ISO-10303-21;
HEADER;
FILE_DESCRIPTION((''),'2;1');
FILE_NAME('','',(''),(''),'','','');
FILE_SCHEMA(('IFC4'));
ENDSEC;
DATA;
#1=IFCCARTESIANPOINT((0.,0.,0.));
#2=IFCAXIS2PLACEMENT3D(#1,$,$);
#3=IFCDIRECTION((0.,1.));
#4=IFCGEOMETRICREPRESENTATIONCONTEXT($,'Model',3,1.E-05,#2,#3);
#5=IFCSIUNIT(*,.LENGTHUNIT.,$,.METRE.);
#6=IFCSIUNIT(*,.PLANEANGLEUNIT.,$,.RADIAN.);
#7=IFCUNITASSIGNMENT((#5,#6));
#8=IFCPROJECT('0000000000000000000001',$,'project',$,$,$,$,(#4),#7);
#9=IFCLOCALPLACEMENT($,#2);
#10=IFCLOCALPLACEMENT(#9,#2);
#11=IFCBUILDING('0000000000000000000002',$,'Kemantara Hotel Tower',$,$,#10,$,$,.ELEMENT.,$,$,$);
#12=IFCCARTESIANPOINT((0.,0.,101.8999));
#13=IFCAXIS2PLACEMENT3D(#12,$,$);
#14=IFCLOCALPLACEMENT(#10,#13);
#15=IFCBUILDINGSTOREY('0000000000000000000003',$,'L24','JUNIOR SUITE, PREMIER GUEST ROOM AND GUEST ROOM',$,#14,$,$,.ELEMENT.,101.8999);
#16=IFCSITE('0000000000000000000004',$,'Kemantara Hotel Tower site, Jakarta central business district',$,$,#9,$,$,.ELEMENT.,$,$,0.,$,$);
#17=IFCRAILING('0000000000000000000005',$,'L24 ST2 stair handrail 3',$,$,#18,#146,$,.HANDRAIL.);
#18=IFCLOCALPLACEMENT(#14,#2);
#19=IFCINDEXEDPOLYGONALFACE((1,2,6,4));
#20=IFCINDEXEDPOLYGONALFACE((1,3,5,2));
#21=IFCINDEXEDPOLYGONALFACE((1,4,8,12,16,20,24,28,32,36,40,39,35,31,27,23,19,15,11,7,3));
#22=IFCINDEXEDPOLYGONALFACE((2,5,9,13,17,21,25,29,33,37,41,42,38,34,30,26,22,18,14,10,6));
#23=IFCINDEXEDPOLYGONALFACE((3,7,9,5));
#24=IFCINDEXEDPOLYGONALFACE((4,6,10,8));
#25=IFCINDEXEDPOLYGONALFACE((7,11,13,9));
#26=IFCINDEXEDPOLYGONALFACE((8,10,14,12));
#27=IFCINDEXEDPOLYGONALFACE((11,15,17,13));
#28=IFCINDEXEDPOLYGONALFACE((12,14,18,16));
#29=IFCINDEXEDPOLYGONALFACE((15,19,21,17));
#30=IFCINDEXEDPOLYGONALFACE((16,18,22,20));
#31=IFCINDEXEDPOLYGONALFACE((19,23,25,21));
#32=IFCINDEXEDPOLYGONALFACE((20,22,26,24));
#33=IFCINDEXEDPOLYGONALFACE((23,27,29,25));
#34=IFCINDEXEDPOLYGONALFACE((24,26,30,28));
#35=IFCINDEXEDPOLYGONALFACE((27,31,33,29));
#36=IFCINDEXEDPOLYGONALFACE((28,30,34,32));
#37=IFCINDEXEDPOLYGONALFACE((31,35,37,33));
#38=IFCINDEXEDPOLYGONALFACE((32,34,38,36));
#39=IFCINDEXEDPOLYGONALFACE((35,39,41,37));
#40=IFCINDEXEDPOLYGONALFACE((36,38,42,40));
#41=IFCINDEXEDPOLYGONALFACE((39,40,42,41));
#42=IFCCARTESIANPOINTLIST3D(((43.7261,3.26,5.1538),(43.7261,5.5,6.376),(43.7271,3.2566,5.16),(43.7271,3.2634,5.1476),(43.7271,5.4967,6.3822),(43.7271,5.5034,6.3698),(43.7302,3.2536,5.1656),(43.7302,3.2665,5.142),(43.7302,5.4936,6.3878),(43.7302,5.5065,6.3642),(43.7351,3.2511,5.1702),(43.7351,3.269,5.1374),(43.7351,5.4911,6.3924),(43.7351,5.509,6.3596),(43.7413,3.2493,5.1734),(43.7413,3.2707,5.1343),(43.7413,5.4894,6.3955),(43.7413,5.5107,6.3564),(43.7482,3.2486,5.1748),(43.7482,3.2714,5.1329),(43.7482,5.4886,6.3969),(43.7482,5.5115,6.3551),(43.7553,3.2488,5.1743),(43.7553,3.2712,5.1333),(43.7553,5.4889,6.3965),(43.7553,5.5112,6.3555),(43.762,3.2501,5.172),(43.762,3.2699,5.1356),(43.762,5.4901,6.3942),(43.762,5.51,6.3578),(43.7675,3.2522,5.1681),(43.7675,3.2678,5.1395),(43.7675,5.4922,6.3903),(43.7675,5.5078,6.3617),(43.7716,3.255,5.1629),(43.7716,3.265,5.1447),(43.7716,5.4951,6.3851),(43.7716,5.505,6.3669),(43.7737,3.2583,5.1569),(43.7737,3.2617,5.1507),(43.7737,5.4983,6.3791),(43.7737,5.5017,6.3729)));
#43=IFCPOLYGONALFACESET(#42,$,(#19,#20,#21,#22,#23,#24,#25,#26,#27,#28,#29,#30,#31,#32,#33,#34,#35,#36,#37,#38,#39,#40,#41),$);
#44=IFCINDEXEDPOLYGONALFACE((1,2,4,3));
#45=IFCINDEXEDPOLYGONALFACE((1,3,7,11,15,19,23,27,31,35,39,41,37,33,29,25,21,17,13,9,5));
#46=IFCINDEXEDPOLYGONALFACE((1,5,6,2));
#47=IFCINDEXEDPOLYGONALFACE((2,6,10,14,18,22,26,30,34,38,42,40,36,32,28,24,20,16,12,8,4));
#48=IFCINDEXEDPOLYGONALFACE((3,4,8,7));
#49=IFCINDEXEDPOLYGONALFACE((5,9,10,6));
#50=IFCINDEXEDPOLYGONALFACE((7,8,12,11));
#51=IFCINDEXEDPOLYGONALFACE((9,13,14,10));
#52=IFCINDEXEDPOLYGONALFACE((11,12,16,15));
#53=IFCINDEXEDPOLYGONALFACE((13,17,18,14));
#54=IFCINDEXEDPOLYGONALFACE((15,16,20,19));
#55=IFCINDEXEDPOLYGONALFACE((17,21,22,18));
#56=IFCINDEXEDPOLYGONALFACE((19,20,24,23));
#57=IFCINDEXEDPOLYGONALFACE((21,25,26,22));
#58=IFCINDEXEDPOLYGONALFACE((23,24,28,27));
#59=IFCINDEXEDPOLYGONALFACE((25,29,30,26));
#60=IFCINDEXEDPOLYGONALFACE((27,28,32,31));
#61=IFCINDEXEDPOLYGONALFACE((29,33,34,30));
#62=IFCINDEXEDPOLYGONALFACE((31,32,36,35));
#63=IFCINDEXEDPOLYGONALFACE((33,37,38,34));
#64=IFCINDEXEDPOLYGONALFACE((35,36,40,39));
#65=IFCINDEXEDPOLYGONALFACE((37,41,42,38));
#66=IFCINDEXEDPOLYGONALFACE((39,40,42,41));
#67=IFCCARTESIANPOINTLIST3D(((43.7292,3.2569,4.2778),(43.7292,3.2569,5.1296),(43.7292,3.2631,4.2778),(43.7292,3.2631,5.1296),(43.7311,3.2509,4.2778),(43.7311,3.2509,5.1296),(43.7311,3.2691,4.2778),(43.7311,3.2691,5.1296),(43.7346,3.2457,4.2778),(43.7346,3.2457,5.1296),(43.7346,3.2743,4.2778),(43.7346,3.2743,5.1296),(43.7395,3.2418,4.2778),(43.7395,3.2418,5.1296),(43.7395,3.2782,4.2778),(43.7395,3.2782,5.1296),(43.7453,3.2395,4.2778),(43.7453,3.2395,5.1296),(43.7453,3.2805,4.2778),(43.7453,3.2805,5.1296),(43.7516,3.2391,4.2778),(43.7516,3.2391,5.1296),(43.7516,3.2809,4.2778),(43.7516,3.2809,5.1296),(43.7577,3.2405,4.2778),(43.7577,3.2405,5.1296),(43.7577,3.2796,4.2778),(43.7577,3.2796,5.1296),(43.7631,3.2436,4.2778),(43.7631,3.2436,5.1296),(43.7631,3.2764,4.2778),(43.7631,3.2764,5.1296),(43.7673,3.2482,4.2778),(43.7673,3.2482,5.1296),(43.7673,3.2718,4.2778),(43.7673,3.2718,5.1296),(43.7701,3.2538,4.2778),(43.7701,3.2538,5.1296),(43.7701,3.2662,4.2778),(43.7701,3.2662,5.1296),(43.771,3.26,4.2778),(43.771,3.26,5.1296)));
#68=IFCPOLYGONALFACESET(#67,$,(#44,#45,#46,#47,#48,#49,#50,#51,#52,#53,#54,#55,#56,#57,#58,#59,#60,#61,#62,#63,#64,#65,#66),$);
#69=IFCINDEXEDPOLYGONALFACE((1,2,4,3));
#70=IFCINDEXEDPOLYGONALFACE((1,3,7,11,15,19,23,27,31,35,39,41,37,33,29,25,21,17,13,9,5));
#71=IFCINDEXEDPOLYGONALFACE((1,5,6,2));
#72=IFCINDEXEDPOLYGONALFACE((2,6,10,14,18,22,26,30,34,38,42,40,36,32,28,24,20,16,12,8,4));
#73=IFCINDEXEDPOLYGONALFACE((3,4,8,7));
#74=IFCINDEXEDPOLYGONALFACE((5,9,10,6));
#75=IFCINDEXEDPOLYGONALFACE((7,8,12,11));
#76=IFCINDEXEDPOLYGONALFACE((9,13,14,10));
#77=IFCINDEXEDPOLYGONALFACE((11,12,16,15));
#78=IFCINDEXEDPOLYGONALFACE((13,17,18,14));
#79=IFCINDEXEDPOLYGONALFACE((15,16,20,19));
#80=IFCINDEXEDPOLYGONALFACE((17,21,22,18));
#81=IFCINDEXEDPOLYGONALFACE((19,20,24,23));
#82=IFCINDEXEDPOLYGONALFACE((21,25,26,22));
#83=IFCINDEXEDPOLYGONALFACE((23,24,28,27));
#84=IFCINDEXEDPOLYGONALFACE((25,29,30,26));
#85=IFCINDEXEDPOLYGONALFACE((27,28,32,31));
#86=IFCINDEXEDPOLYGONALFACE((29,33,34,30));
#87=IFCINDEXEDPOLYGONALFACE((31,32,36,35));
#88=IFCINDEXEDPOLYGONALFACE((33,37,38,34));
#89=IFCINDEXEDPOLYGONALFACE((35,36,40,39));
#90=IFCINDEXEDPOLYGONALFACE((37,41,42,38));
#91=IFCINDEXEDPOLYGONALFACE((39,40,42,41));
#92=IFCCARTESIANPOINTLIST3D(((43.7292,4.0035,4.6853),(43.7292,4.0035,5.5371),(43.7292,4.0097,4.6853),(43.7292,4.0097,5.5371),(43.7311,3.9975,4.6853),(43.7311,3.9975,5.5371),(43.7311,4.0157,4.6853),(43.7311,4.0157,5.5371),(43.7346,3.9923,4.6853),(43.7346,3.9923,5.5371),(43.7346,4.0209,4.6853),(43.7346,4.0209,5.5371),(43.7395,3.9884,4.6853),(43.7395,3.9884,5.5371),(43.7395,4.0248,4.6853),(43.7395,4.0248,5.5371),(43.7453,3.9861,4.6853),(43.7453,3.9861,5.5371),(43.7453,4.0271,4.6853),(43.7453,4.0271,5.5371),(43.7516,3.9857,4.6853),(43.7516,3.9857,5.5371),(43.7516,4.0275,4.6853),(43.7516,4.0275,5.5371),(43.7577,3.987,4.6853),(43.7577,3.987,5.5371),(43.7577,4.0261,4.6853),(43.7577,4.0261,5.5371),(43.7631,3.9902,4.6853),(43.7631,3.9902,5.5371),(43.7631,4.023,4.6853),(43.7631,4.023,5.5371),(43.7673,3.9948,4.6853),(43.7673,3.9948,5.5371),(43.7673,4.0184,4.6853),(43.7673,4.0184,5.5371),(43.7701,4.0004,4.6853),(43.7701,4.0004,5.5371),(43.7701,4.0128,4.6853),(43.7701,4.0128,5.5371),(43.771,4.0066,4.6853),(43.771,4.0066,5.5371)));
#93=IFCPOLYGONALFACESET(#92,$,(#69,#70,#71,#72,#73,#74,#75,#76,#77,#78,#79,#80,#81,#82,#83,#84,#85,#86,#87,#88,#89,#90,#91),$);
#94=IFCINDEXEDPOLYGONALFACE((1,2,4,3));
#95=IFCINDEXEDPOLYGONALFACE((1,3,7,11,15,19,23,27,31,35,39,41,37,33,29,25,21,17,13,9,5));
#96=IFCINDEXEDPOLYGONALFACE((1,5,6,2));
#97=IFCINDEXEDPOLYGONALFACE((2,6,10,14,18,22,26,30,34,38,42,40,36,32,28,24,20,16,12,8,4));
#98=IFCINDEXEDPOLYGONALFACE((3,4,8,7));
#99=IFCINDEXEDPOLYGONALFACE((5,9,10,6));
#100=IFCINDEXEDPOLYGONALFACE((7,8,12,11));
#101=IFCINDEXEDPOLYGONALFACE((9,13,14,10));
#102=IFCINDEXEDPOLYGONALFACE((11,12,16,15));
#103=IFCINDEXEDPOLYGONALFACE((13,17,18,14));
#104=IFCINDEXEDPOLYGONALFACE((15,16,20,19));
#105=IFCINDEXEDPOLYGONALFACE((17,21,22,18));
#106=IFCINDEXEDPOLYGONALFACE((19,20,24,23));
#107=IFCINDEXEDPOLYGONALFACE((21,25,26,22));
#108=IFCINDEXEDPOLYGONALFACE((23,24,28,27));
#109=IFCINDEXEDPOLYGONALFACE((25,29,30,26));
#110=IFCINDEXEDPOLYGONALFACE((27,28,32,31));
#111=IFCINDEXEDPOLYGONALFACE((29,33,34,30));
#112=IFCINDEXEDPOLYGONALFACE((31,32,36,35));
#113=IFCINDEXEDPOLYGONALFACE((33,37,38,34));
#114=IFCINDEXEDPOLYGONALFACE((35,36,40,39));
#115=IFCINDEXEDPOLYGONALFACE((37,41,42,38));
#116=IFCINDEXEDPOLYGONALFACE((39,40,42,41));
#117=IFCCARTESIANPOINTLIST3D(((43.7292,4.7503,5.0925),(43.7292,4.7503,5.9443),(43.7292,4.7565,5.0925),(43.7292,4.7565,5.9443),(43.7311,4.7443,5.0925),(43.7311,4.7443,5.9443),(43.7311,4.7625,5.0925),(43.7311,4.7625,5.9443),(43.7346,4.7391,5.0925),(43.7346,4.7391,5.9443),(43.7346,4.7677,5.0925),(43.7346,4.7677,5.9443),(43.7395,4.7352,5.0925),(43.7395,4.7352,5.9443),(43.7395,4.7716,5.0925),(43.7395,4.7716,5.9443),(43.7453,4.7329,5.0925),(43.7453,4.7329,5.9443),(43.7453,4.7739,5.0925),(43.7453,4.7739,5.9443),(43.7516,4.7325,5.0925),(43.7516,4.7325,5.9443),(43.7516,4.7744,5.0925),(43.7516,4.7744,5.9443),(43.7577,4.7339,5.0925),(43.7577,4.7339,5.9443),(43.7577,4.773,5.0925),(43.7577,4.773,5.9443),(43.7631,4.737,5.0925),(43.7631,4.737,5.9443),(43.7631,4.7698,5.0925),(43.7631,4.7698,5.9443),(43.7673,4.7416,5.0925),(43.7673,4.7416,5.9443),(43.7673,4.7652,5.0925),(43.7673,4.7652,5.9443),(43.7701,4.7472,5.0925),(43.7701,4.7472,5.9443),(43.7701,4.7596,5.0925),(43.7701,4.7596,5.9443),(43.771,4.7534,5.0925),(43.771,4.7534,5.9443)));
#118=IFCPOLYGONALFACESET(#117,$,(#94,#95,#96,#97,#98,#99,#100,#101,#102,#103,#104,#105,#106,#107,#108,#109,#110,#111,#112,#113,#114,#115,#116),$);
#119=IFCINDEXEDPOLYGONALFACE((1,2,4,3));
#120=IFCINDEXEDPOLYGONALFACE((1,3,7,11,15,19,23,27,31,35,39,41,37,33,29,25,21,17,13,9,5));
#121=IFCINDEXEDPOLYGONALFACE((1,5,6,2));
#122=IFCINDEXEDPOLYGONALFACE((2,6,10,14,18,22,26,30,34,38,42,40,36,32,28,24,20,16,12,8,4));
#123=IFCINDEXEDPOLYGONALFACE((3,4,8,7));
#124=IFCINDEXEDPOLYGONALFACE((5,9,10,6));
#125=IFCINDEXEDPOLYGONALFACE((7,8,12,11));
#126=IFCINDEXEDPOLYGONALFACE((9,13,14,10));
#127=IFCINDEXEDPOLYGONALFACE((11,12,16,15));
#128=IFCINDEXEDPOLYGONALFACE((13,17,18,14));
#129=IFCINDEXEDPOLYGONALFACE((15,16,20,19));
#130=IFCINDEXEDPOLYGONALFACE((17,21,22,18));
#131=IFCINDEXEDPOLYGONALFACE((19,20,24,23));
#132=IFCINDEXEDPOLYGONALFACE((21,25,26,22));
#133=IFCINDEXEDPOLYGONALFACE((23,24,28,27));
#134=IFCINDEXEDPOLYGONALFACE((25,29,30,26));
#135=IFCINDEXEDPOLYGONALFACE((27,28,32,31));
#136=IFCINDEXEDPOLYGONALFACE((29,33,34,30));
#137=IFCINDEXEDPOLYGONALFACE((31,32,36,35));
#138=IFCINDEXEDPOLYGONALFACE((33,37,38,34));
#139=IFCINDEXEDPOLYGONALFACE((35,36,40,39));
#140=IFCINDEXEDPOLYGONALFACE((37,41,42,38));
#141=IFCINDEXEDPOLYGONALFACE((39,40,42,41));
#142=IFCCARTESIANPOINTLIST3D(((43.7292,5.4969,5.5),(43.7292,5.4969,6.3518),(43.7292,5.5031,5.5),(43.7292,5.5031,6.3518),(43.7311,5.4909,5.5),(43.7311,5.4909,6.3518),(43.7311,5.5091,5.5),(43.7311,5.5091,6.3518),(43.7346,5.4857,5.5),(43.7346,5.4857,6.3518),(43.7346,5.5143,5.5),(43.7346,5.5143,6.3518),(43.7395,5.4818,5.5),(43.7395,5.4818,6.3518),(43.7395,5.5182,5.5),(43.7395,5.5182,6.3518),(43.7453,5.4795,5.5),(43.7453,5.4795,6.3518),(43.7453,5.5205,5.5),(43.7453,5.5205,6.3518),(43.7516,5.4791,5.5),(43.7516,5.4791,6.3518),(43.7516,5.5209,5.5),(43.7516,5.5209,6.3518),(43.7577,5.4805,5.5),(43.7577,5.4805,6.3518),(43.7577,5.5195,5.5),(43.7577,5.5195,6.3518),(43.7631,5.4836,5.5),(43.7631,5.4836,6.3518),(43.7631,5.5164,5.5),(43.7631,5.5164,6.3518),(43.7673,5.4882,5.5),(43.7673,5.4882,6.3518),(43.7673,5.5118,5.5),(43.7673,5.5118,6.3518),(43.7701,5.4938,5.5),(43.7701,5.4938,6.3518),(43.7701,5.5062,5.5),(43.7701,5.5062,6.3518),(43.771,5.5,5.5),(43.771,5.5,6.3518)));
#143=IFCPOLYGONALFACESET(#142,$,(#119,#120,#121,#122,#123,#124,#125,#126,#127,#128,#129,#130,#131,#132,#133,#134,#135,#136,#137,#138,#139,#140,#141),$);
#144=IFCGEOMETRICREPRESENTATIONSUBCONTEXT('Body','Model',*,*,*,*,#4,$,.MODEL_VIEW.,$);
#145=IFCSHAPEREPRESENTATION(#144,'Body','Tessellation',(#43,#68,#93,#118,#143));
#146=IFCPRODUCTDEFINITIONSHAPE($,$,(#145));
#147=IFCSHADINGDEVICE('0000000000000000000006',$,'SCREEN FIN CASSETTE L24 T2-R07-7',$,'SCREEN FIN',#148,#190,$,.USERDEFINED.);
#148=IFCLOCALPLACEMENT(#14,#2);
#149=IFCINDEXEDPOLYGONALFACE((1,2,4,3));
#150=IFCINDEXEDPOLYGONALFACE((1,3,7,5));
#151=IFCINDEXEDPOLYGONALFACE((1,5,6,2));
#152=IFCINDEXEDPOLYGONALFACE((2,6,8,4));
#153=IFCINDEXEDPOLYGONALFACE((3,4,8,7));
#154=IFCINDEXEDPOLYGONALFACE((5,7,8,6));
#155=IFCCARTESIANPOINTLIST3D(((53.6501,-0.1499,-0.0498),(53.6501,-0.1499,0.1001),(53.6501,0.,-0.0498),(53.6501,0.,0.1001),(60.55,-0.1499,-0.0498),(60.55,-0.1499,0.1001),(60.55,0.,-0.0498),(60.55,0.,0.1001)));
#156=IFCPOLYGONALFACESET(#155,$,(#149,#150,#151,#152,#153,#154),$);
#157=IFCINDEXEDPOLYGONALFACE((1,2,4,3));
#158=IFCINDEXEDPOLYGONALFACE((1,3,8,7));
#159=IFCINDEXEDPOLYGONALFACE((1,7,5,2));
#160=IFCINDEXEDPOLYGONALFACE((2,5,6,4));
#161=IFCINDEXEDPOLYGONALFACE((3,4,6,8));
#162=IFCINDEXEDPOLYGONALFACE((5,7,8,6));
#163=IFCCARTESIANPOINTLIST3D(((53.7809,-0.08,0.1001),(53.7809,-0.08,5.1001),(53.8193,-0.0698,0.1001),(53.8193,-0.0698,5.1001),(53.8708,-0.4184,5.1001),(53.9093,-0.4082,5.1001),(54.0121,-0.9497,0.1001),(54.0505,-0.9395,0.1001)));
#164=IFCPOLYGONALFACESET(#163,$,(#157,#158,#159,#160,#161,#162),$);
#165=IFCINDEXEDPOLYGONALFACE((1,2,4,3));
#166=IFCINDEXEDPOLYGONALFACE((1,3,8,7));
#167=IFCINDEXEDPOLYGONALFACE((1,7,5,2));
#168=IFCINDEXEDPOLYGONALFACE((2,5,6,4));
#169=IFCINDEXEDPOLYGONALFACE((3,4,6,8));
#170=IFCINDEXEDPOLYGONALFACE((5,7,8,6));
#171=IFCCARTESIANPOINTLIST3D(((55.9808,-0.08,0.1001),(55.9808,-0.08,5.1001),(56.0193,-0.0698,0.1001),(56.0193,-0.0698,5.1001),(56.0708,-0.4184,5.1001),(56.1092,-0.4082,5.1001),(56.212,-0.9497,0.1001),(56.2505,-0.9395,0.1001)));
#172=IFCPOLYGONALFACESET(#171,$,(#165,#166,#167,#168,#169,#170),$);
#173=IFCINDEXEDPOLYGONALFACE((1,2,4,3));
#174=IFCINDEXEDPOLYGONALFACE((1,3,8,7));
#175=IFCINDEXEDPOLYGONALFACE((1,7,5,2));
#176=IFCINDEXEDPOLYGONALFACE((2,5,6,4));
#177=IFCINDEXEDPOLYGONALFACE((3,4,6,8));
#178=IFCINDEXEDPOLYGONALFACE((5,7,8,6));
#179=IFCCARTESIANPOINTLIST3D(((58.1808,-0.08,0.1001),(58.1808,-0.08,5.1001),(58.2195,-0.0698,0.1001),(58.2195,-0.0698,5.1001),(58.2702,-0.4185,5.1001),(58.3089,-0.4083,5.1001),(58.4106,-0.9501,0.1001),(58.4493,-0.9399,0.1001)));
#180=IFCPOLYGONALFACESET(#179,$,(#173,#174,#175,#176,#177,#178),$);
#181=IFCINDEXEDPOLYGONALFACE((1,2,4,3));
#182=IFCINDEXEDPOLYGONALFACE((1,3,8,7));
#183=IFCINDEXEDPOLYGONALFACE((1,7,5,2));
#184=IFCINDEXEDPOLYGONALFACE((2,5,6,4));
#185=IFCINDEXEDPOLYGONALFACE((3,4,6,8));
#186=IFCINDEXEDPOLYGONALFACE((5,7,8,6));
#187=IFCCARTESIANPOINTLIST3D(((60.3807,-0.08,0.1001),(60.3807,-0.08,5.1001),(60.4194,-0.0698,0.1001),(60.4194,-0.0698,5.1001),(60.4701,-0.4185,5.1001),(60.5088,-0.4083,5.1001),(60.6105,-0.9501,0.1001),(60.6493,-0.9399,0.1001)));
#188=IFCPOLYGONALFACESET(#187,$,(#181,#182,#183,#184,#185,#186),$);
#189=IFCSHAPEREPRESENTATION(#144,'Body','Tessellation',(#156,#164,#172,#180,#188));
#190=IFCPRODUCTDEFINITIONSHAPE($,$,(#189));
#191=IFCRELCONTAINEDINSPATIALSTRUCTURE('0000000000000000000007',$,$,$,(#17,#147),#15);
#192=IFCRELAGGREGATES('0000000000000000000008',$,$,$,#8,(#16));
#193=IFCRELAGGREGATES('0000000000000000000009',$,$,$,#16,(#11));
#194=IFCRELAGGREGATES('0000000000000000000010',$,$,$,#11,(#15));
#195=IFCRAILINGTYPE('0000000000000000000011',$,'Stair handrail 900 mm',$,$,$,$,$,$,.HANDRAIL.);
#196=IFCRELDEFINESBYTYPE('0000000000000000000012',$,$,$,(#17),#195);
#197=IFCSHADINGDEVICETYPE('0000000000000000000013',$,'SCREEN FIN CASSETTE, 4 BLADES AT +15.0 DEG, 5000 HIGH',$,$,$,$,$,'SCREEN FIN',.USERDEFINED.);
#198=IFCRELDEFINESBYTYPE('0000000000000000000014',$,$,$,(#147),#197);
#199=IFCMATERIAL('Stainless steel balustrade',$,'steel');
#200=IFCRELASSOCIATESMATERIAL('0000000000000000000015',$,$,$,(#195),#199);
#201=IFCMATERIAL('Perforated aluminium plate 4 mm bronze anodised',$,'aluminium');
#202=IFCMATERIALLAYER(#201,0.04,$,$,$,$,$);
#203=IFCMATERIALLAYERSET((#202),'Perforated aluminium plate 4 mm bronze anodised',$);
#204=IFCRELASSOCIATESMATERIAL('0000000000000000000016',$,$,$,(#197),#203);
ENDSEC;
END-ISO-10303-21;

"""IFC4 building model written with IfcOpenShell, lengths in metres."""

from ifc_helpers import new_model, si_unit, direction, frame, origin, origin_2d, place, context, subcontext, project, spatial, polyline, rectangle, circle, outline, extrude, source, transform, mapped, material, layer, layer_set, type_object, element, save


model = new_model("IFC4")

# Units and contexts
model_context = context("Model", 3, precision=1e-05, world=origin(), true_north=direction((0.0, 1.0)))
body_context = subcontext(model_context, "Body", "Model", "MODEL_VIEW")
ifc_project = project(units=[si_unit("LENGTHUNIT", "METRE"), si_unit("PLANEANGLEUNIT", "RADIAN")], contexts=[model_context])

# Site, building, storey
site_placement = place(None, origin())
site = spatial("IfcSite", under=ifc_project, at=site_placement, Name="Kemantara Hotel Tower site, Jakarta central business district", CompositionType="ELEMENT", RefElevation=0.0)
building_placement = place(site_placement, origin())
building = spatial("IfcBuilding", under=site, at=building_placement, Name="Kemantara Hotel Tower", CompositionType="ELEMENT")
storey_placement = place(building_placement, frame((0.0, 0.0, 101.8999)))
storey = spatial("IfcBuildingStorey", under=building, at=storey_placement, Name="L24", Description="JUNIOR SUITE, PREMIER GUEST ROOM AND GUEST ROOM", CompositionType="ELEMENT", Elevation=101.8999)

# Railing
ifc_material_1 = material(Name="Stainless steel balustrade", Category="steel")
railing_type_1 = type_object("IfcRailingType", Name="Stair handrail 900 mm", PredefinedType="HANDRAIL", material=ifc_material_1)
railing_1_placement = place(storey_placement, frame((43.75, 3.26, 4.2778)))
element("IfcRailing", 1, at=railing_1_placement, inside=storey, type_object=railing_type_1, Name="L24 ST2 stair handrail 3", PredefinedType="HANDRAIL", context=body_context, shape_type="SweptSolid", body=[
    extrude(circle(Radius=0.0239, at=origin_2d()), frame((0.0, 0.0, 0.876), z_axis=(0.0, 0.877837, 0.478959), x_axis=(-1.0, 0.0, 0.0)), (0.0, 0.0, 1.0), 2.5518),
    extrude(circle(Radius=0.021, at=origin_2d()), origin(), (0.0, 0.0, 1.0), 0.8518),
    extrude(circle(Radius=0.021, at=origin_2d()), frame((0.0, 0.7466, 0.4075)), (0.0, 0.0, 1.0), 0.8518),
    extrude(circle(Radius=0.021, at=origin_2d()), frame((0.0, 1.4934, 0.8147)), (0.0, 0.0, 1.0), 0.8518),
    extrude(circle(Radius=0.021, at=origin_2d()), frame((0.0, 2.24, 1.2222)), (0.0, 0.0, 1.0), 0.8518),
])

# Shading device
ifc_material_2 = material(Name="Perforated aluminium plate 4 mm bronze anodised", Category="aluminium")
ifc_layer_1 = layer(ifc_material_2, 0.04)
ifc_layer_set_1 = layer_set([ifc_layer_1], Name="Perforated aluminium plate 4 mm bronze anodised")
shading_device_type_1 = type_object("IfcShadingDeviceType", Name="SCREEN FIN CASSETTE, 4 BLADES AT +15.0 DEG, 5000 HIGH", ElementType="SCREEN FIN", PredefinedType="USERDEFINED", material=ifc_layer_set_1)
shared_shape_1 = source(origin(), body_context, "Body", "SweptSolid", [
    extrude(rectangle(XDim=6.8999, YDim=0.1499, at=origin_2d()), frame((3.3, -0.075, -0.1499), z_axis=(0.0, 0.0, 1.0), x_axis=(1.0, 0.0, 0.0)), (0.0, 0.0, 1.0), 0.1499),
    extrude(outline(polyline([(0.0, 0.0), (0.8999, 0.0), (0.3501, 5.0), (0.0, 5.0), (0.0, 0.0)])), frame((0.0193, -0.0698, 0.0), z_axis=(-0.966438, -0.256901, 0.0), x_axis=(0.256901, -0.966438, 0.0)), (0.0, 0.0, 1.0), 0.0398),
    extrude(outline(polyline([(0.0, 0.0), (0.8999, 0.0), (0.3501, 5.0), (0.0, 5.0), (0.0, 0.0)])), frame((2.2192, -0.0698, 0.0), z_axis=(-0.966438, -0.256901, 0.0), x_axis=(0.256901, -0.966438, 0.0)), (0.0, 0.0, 1.0), 0.0398),
    extrude(outline(polyline([(0.0, 0.0), (0.8999, 0.0), (0.3501, 5.0), (0.0, 5.0), (0.0, 0.0)])), frame((4.4194, -0.0698, 0.0), z_axis=(-0.966838, -0.255391, 0.0), x_axis=(0.255391, -0.966838, 0.0)), (0.0, 0.0, 1.0), 0.04),
    extrude(outline(polyline([(0.0, 0.0), (0.8999, 0.0), (0.3501, 5.0), (0.0, 5.0), (0.0, 0.0)])), frame((6.6194, -0.0698, 0.0), z_axis=(-0.966838, -0.255391, 0.0), x_axis=(0.255391, -0.966838, 0.0)), (0.0, 0.0, 1.0), 0.04),
])
shading_device_1_placement = place(storey_placement, frame((53.8, 0.0, 0.1001), z_axis=(0.0, 0.0, 1.0), x_axis=(1.0, 0.0, 0.0)))
element("IfcShadingDevice", 2, at=shading_device_1_placement, inside=storey, type_object=shading_device_type_1, Name="SCREEN FIN CASSETTE L24 T2-R07-7", ObjectType="SCREEN FIN", PredefinedType="USERDEFINED", context=body_context, shape_type="MappedRepresentation", body=[
    mapped(shared_shape_1, transform((0.0, 0.0, 0.0))),
])

save(model, "model.ifc")
